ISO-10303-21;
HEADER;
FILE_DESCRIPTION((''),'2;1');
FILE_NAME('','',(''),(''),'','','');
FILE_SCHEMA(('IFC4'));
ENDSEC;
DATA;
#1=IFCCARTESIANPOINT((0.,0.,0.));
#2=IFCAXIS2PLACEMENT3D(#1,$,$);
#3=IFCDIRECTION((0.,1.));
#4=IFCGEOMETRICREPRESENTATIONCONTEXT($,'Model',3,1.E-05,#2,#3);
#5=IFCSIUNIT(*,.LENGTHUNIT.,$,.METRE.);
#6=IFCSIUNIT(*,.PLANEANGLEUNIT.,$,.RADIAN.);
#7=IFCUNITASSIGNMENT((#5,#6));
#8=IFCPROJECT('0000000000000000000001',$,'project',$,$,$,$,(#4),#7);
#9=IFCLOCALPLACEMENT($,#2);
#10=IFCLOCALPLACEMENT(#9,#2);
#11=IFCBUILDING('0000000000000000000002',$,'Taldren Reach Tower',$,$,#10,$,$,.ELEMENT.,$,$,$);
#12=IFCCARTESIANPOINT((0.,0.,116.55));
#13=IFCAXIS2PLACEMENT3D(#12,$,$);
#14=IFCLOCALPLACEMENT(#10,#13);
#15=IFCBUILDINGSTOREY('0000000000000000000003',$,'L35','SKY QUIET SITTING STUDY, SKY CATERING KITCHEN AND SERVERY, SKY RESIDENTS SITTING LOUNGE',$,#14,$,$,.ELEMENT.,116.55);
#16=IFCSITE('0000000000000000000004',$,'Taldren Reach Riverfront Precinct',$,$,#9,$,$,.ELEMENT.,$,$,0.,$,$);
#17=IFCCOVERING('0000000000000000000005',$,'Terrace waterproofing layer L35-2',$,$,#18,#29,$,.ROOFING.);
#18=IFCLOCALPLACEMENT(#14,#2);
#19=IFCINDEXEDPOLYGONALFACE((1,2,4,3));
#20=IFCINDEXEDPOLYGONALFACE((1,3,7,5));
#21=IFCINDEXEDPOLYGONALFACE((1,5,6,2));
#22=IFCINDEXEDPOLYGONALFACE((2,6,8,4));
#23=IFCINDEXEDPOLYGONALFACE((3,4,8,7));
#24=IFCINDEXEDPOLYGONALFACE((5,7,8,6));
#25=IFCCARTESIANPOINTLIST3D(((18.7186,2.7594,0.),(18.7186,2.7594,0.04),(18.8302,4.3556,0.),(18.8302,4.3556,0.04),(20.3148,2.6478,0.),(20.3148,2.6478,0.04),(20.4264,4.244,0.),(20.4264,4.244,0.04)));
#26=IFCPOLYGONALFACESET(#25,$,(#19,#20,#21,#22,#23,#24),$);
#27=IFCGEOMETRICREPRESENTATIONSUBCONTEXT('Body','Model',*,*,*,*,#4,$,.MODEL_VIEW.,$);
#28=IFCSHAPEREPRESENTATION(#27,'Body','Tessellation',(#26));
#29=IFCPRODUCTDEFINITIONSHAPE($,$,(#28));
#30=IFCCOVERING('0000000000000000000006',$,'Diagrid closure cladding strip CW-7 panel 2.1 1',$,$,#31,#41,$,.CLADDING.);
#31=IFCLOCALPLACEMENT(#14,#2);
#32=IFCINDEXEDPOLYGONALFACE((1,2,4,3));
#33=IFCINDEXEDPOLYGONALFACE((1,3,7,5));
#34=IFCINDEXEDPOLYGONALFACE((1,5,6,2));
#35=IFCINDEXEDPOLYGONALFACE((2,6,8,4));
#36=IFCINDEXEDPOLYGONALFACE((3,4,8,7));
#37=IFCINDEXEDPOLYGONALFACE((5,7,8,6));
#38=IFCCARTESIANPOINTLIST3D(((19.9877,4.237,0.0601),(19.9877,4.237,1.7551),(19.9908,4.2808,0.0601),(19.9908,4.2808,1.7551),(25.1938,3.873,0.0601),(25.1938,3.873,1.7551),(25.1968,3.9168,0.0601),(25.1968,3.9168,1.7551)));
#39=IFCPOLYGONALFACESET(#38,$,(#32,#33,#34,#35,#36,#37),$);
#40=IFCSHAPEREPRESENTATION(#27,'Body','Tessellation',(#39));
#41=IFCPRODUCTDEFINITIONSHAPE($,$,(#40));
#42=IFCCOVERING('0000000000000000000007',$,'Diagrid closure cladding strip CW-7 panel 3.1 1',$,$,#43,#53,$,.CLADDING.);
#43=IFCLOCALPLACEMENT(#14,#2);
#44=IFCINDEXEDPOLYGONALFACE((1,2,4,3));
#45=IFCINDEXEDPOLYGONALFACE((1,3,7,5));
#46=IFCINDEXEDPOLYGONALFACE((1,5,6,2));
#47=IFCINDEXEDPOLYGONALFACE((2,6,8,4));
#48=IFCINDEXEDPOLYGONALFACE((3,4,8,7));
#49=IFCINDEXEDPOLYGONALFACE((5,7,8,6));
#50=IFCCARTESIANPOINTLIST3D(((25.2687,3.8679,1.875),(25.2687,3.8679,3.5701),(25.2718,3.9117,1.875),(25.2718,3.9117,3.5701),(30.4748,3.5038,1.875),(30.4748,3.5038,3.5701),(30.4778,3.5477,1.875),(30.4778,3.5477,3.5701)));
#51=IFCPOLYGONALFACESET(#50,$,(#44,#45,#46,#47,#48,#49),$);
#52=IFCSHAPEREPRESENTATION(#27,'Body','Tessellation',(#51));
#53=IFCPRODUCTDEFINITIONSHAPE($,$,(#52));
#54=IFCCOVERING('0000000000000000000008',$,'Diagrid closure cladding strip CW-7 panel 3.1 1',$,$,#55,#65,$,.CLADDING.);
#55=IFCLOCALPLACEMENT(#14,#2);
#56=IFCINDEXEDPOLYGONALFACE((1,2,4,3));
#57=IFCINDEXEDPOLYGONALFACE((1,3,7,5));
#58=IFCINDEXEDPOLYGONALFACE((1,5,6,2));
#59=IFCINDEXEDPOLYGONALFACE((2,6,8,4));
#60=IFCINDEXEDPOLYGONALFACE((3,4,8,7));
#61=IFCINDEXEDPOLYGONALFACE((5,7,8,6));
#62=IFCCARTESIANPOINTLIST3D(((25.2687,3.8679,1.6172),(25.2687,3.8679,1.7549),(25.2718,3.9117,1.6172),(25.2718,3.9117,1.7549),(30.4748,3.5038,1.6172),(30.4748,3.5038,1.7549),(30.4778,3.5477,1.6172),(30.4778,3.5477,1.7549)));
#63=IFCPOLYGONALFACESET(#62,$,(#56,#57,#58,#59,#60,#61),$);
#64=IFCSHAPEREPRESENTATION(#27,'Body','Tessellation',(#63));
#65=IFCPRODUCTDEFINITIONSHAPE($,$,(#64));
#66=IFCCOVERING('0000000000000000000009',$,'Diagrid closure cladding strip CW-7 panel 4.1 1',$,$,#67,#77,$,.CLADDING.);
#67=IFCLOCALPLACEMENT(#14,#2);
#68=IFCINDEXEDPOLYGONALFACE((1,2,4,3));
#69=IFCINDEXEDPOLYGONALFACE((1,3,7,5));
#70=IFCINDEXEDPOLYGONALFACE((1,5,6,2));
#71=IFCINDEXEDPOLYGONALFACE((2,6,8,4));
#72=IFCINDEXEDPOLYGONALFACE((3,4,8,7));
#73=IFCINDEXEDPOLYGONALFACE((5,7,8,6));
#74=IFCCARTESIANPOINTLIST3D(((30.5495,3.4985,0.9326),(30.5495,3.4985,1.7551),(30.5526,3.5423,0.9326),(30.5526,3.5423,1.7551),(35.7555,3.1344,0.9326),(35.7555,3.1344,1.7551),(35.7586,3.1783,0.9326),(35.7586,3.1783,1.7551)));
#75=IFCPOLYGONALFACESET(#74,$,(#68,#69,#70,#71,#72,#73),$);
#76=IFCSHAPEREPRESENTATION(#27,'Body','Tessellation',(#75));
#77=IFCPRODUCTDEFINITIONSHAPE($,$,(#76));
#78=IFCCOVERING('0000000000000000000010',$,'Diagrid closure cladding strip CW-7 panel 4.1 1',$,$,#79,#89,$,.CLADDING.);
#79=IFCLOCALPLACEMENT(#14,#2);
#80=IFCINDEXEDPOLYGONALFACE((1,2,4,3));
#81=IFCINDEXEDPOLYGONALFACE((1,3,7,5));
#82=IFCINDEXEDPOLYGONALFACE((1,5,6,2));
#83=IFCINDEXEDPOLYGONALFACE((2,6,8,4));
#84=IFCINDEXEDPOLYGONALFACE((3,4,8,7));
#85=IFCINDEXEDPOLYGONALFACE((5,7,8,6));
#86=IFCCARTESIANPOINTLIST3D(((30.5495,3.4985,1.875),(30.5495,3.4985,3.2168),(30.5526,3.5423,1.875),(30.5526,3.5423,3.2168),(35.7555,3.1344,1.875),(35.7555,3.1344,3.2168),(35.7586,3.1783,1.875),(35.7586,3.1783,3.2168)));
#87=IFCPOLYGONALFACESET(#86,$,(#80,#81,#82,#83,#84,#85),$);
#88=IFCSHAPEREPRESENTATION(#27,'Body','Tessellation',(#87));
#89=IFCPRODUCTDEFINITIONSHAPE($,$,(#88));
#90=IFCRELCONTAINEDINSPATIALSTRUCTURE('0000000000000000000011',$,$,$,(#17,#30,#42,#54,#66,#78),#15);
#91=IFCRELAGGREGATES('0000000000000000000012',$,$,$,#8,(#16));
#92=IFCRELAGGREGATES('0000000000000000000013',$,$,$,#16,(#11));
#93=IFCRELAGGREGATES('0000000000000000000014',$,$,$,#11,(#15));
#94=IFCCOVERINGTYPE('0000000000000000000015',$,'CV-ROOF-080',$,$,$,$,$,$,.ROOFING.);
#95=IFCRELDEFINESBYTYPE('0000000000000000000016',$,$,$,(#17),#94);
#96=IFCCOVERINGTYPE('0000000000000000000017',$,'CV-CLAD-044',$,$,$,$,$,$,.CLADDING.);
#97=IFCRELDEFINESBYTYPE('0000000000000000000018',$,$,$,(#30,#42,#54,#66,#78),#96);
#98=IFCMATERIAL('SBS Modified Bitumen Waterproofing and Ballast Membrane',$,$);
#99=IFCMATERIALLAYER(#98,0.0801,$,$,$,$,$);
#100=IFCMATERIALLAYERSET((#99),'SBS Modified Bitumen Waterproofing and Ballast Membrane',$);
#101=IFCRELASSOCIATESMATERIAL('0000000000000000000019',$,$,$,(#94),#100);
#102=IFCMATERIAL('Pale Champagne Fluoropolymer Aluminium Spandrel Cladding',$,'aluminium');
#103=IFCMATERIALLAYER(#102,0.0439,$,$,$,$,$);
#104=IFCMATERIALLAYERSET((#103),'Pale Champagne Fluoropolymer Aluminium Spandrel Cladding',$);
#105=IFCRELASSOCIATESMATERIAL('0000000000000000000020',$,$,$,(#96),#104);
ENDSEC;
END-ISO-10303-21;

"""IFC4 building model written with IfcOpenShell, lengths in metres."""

from ifc_helpers import new_model, si_unit, direction, frame, origin, origin_2d, place, context, subcontext, project, spatial, rectangle, extrude, source, transform, mapped, material, layer, layer_set, type_object, element, save


model = new_model("IFC4")

# Units and contexts
model_context = context("Model", 3, precision=1e-05, world=origin(), true_north=direction((0.0, 1.0)))
body_context = subcontext(model_context, "Body", "Model", "MODEL_VIEW")
ifc_project = project(units=[si_unit("LENGTHUNIT", "METRE"), si_unit("PLANEANGLEUNIT", "RADIAN")], contexts=[model_context])

# Site, building, storey
site_placement = place(None, origin())
site = spatial("IfcSite", under=ifc_project, at=site_placement, Name="Taldren Reach Riverfront Precinct", CompositionType="ELEMENT", RefElevation=0.0)
building_placement = place(site_placement, origin())
building = spatial("IfcBuilding", under=site, at=building_placement, Name="Taldren Reach Tower", CompositionType="ELEMENT")
storey_placement = place(building_placement, frame((0.0, 0.0, 116.55)))
storey = spatial("IfcBuildingStorey", under=building, at=storey_placement, Name="L35", Description="SKY QUIET SITTING STUDY, SKY CATERING KITCHEN AND SERVERY, SKY RESIDENTS SITTING LOUNGE", CompositionType="ELEMENT", Elevation=116.55)

# Coverings
ifc_material_1 = material(Name="Pale Champagne Fluoropolymer Aluminium Spandrel Cladding", Category="aluminium")
ifc_material_2 = material(Name="SBS Modified Bitumen Waterproofing and Ballast Membrane")
ifc_layer_1 = layer(ifc_material_2, 0.0801)
ifc_layer_set_1 = layer_set([ifc_layer_1], Name="SBS Modified Bitumen Waterproofing and Ballast Membrane")
covering_type_1 = type_object("IfcCoveringType", Name="CV-ROOF-080", PredefinedType="ROOFING", material=ifc_layer_set_1)
shared_shape_1 = source(origin(), body_context, "Body", "SweptSolid", [
    extrude(rectangle(XDim=1.6001, YDim=1.6001, at=origin_2d()), origin(), (0.0, 0.0, 1.0), 0.04),
])
covering_1_placement = place(storey_placement, frame((19.5725, 3.5017, 0.0), z_axis=(0.0, 0.0, 1.0), x_axis=(0.997564, -0.069756, 0.0)))
element("IfcCovering", 1, at=covering_1_placement, inside=storey, type_object=covering_type_1, Name="Terrace waterproofing layer L35-2", PredefinedType="ROOFING", context=body_context, shape_type="MappedRepresentation", body=[
    mapped(shared_shape_1, transform((0.0, 0.0, 0.0), scale=1.0)),
])
ifc_layer_2 = layer(ifc_material_1, 0.0439)
ifc_layer_set_2 = layer_set([ifc_layer_2], Name="Pale Champagne Fluoropolymer Aluminium Spandrel Cladding")
covering_type_2 = type_object("IfcCoveringType", Name="CV-CLAD-044", PredefinedType="CLADDING", material=ifc_layer_set_2)
shared_shape_2 = source(origin(), body_context, "Body", "SweptSolid", [
    extrude(rectangle(XDim=5.2188, YDim=0.0439, at=origin_2d()), origin(), (0.0, 0.0, 1.0), 1.6951),
])
for number, where, z_axis, x_axis, name in (
    (2, (22.5923, 4.0769, 0.0601), (0.0, 0.0, 1.0), (0.997564, -0.069757, 0.0), "Diagrid closure cladding strip CW-7 panel 2.1 1"),
    (3, (27.8733, 3.7078, 1.875), (0.0, 0.0, 1.0), (0.997564, -0.069757, 0.0), "Diagrid closure cladding strip CW-7 panel 3.1 1"),
):
    element("IfcCovering", number, at=place(storey_placement, frame(where, z_axis=z_axis, x_axis=x_axis)), inside=storey, type_object=covering_type_2, Name=name, PredefinedType="CLADDING", context=body_context, shape_type="MappedRepresentation", body=[
        mapped(shared_shape_2, transform((0.0, 0.0, 0.0), scale=1.0)),
    ])
shared_shape_3 = source(origin(), body_context, "Body", "SweptSolid", [
    extrude(rectangle(XDim=5.2188, YDim=0.0439, at=origin_2d()), origin(), (0.0, 0.0, 1.0), 0.1377),
])
covering_2_placement = place(storey_placement, frame((27.8733, 3.7078, 1.6172), z_axis=(0.0, 0.0, 1.0), x_axis=(0.997564, -0.069757, 0.0)))
element("IfcCovering", 4, at=covering_2_placement, inside=storey, type_object=covering_type_2, Name="Diagrid closure cladding strip CW-7 panel 3.1 1", PredefinedType="CLADDING", context=body_context, shape_type="MappedRepresentation", body=[
    mapped(shared_shape_3, transform((0.0, 0.0, 0.0), scale=1.0)),
])
shared_shape_4 = source(origin(), body_context, "Body", "SweptSolid", [
    extrude(rectangle(XDim=5.2188, YDim=0.0439, at=origin_2d()), origin(), (0.0, 0.0, 1.0), 0.8225),
])
covering_3_placement = place(storey_placement, frame((33.1541, 3.3384, 0.9326), z_axis=(0.0, 0.0, 1.0), x_axis=(0.997564, -0.069757, 0.0)))
element("IfcCovering", 5, at=covering_3_placement, inside=storey, type_object=covering_type_2, Name="Diagrid closure cladding strip CW-7 panel 4.1 1", PredefinedType="CLADDING", context=body_context, shape_type="MappedRepresentation", body=[
    mapped(shared_shape_4, transform((0.0, 0.0, 0.0), scale=1.0)),
])
shared_shape_5 = source(origin(), body_context, "Body", "SweptSolid", [
    extrude(rectangle(XDim=5.2188, YDim=0.0439, at=origin_2d()), origin(), (0.0, 0.0, 1.0), 1.3418),
])
covering_4_placement = place(storey_placement, frame((33.1541, 3.3384, 1.875), z_axis=(0.0, 0.0, 1.0), x_axis=(0.997564, -0.069757, 0.0)))
element("IfcCovering", 6, at=covering_4_placement, inside=storey, type_object=covering_type_2, Name="Diagrid closure cladding strip CW-7 panel 4.1 1", PredefinedType="CLADDING", context=body_context, shape_type="MappedRepresentation", body=[
    mapped(shared_shape_5, transform((0.0, 0.0, 0.0), scale=1.0)),
])

save(model, "model.ifc")
